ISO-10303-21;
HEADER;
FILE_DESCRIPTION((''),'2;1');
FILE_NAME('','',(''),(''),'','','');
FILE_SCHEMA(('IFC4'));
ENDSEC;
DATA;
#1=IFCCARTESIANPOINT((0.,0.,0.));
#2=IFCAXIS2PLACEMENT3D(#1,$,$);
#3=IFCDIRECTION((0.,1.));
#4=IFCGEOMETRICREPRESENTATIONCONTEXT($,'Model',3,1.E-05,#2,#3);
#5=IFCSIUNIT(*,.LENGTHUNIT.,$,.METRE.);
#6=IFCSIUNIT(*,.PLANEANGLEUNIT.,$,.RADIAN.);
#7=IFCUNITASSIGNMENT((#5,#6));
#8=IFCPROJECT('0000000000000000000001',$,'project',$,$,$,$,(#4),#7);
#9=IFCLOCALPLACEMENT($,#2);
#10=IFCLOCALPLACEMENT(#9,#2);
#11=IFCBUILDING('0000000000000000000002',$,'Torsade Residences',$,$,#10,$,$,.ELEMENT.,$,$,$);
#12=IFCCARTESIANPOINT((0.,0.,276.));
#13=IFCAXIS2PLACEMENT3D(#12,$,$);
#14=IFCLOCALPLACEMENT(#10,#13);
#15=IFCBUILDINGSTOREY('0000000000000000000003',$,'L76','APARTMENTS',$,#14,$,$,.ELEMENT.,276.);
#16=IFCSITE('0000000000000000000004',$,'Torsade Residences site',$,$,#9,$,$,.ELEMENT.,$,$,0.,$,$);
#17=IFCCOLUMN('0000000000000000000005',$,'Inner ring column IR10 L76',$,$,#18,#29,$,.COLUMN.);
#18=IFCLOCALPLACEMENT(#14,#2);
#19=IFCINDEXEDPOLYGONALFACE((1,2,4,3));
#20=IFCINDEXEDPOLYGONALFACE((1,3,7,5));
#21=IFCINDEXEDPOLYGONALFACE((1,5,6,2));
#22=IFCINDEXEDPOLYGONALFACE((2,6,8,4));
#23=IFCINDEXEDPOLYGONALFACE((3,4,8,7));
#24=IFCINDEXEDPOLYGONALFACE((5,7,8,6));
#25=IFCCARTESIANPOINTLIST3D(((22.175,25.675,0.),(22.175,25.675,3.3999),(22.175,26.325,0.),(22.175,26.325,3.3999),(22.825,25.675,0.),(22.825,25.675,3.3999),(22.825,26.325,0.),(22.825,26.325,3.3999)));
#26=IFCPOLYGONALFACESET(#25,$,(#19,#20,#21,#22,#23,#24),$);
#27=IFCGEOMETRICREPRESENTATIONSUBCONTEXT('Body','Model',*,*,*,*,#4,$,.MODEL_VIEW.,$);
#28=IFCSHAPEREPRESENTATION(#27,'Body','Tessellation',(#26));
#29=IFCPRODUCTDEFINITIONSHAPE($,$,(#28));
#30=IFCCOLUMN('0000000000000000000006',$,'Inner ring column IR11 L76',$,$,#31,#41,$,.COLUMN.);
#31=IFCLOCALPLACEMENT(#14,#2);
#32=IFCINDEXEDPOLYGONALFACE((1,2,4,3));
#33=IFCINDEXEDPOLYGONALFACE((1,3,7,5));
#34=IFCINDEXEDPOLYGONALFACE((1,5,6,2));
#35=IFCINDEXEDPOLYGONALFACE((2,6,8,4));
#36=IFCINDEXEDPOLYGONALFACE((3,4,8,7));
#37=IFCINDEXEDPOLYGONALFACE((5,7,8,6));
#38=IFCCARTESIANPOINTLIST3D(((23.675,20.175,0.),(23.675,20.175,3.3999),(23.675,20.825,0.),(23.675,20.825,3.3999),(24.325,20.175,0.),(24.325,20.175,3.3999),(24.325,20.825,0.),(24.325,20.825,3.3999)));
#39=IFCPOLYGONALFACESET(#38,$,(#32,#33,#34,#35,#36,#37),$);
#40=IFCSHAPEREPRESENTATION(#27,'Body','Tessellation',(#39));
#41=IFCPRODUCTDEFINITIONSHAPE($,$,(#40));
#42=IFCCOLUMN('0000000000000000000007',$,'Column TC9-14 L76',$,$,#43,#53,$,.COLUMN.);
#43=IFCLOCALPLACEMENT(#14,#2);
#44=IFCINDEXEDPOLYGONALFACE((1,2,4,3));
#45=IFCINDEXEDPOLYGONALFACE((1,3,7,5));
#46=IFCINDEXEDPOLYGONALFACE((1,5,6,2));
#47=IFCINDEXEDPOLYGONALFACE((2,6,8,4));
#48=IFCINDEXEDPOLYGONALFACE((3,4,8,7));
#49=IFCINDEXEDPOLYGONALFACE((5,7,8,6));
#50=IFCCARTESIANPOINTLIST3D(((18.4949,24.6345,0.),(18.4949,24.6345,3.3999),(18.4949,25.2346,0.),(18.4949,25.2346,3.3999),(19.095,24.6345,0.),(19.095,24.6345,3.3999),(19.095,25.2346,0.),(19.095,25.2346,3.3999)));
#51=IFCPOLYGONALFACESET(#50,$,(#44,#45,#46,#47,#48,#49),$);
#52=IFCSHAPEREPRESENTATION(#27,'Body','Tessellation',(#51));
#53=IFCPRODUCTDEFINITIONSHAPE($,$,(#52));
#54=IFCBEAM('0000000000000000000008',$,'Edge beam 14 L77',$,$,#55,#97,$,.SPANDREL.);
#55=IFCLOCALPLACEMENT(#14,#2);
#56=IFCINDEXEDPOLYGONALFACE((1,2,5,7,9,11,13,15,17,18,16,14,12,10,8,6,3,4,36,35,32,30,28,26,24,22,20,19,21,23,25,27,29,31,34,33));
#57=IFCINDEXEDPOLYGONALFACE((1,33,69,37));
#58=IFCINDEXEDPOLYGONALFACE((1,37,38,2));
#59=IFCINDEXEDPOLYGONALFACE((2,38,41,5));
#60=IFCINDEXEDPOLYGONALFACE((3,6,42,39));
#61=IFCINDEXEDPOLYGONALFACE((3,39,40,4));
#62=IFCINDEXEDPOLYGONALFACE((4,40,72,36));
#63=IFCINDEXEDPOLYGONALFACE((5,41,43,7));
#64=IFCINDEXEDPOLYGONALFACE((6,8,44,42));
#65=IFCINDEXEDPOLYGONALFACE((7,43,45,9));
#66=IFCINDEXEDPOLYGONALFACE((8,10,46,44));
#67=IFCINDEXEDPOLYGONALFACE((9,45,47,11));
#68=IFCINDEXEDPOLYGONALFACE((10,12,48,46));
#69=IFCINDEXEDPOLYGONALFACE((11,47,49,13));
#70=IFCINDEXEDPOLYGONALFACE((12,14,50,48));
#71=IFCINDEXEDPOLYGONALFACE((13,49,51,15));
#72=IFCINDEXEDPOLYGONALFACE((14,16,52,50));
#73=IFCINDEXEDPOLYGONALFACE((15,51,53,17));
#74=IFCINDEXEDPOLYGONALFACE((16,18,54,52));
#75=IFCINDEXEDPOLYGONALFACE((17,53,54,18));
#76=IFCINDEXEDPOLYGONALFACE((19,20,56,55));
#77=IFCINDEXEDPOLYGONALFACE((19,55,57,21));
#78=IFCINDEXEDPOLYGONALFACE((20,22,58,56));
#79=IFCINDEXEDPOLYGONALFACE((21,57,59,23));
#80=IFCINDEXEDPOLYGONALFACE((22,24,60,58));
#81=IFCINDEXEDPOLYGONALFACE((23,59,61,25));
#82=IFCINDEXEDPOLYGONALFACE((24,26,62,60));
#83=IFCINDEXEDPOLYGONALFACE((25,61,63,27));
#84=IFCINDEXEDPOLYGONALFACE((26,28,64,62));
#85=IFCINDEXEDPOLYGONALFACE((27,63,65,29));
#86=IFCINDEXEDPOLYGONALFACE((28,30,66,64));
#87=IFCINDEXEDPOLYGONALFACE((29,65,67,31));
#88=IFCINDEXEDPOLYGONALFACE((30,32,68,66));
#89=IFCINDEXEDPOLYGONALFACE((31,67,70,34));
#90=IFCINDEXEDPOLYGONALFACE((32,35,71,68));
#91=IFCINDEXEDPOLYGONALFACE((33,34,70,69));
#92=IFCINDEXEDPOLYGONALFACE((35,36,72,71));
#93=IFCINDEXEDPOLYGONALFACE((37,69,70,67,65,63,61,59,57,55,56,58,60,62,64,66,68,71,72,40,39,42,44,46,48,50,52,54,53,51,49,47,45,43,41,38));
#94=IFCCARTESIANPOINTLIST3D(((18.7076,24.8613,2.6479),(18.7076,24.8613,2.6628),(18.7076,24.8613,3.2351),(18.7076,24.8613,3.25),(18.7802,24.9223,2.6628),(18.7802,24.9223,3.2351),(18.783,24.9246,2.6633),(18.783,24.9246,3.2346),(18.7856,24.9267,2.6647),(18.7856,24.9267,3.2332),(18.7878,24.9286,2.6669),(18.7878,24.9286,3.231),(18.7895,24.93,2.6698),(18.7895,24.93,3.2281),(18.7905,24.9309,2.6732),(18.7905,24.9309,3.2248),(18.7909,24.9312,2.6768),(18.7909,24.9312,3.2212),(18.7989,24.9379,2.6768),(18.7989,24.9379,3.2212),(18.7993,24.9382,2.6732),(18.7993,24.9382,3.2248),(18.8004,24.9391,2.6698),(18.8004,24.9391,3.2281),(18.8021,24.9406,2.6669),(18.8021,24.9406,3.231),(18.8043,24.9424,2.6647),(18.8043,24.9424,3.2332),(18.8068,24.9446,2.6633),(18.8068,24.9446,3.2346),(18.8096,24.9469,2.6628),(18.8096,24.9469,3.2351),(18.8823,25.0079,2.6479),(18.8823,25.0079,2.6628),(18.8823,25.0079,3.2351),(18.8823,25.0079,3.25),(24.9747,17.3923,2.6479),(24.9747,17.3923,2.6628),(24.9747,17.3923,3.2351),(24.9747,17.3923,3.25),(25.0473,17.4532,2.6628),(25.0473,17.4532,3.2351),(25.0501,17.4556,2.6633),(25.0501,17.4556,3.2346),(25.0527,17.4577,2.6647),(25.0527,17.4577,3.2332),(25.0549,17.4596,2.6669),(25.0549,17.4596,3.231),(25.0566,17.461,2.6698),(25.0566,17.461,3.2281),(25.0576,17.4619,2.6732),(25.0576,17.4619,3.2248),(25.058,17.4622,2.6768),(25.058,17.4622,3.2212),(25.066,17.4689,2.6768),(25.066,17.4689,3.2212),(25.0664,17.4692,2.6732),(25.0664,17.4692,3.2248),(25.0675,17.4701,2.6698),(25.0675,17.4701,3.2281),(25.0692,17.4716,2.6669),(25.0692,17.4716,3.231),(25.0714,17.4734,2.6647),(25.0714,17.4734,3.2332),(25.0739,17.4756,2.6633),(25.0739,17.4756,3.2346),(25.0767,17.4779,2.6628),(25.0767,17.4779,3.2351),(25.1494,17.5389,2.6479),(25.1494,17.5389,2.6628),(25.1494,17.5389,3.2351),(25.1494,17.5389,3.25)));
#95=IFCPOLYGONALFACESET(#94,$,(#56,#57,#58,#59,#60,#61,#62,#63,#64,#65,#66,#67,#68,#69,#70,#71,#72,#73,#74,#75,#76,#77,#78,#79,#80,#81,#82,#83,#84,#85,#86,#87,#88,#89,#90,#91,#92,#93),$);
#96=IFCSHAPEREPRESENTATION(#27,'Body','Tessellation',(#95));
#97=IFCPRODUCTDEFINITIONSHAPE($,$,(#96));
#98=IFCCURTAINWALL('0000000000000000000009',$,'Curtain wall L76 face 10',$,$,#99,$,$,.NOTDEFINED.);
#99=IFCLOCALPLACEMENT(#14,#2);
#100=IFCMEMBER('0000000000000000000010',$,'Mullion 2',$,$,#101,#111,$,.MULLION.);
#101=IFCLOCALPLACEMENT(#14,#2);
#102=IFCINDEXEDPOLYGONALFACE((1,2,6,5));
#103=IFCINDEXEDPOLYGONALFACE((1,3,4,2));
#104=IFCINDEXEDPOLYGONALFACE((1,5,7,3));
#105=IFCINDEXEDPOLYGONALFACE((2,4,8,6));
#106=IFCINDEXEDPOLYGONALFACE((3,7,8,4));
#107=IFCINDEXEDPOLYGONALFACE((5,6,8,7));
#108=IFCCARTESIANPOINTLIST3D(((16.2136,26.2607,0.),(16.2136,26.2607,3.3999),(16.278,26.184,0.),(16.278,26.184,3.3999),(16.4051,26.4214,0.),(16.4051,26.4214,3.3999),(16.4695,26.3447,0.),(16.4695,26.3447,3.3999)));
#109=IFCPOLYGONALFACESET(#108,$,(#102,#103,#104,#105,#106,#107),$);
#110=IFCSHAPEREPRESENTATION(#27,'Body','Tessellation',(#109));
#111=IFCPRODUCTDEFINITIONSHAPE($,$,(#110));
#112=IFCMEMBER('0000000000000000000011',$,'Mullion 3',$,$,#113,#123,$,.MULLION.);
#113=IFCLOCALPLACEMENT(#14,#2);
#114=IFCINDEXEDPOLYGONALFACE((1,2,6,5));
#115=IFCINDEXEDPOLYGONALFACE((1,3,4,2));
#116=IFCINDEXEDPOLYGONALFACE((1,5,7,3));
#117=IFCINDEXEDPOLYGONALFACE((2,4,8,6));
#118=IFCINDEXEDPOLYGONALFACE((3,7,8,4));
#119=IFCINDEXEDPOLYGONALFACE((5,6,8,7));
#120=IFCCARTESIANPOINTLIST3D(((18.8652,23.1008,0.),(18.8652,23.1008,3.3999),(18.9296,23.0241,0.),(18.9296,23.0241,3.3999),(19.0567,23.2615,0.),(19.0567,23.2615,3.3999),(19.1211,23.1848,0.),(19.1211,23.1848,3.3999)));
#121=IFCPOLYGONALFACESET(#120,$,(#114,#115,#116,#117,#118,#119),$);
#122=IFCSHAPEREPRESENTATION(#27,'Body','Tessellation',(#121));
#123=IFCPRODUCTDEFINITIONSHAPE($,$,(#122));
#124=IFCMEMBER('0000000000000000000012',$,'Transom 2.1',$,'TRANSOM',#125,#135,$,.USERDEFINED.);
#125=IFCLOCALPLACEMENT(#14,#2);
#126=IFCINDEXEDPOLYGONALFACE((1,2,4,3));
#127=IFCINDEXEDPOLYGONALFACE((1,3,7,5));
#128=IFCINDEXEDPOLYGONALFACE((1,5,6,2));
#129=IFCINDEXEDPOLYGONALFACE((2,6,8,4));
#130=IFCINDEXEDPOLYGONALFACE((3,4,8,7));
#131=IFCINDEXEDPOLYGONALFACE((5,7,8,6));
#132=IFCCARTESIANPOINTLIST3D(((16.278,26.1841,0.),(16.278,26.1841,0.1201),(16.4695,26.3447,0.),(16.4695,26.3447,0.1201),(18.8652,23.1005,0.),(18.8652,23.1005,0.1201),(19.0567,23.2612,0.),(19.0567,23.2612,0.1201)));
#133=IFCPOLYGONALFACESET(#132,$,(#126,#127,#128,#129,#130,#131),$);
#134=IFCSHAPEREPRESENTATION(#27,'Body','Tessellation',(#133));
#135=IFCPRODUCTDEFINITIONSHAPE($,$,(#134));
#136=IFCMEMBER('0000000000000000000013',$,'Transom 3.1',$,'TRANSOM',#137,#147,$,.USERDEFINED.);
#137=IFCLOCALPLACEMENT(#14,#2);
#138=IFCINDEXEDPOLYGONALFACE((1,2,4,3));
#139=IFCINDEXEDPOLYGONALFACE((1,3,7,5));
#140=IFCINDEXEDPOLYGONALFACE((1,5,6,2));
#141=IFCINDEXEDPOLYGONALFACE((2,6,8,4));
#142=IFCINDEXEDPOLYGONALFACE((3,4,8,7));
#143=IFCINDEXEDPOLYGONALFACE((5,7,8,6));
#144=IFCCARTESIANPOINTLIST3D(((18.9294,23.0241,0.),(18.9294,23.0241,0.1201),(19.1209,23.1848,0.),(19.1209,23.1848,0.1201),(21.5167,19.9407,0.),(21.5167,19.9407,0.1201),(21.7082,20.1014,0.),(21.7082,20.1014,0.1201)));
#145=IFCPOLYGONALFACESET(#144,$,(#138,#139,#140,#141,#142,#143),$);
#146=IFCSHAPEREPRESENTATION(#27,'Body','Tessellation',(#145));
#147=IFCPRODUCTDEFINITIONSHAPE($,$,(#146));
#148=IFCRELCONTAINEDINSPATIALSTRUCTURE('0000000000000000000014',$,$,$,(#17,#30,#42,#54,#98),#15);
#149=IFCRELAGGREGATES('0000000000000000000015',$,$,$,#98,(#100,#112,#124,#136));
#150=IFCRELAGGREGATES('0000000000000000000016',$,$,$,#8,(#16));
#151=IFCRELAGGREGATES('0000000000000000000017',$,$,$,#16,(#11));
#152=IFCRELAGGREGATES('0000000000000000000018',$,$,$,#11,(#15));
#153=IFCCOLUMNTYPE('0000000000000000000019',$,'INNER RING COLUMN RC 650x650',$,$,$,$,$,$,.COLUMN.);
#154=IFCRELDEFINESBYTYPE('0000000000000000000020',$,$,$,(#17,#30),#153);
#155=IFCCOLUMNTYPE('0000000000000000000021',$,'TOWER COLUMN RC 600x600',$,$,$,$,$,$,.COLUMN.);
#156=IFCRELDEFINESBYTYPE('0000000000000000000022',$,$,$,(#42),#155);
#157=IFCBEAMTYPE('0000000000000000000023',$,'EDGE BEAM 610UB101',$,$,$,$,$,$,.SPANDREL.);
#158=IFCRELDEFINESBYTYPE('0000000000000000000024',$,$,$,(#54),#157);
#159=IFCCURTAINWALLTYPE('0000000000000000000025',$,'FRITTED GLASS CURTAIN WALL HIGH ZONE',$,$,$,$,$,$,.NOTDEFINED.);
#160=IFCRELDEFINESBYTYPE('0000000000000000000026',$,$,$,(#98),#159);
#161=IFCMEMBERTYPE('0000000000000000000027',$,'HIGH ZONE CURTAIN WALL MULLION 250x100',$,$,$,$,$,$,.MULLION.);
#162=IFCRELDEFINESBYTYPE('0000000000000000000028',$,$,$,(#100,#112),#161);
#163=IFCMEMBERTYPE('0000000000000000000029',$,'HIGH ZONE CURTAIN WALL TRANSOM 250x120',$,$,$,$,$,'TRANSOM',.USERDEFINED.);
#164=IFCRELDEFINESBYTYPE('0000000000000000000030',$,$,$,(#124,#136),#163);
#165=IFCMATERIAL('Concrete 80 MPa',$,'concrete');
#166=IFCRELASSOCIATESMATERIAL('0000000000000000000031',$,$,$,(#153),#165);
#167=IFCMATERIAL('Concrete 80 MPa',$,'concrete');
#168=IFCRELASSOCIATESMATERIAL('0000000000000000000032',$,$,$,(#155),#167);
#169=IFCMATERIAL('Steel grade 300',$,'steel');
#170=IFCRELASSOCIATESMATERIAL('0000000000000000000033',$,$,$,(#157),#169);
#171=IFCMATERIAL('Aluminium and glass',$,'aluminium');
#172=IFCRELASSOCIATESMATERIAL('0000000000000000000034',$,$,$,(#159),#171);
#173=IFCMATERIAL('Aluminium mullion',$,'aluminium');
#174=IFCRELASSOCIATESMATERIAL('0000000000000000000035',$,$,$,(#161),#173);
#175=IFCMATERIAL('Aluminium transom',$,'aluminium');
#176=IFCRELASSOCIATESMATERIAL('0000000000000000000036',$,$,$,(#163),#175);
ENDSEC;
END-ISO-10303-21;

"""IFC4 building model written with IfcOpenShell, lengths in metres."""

from ifc_helpers import new_model, si_unit, direction, frame, origin, origin_2d, place, context, subcontext, project, spatial, rectangle, i_section, extrude, material, material_profile, profile_set, type_object, element, aggregate, save


model = new_model("IFC4")

# Units and contexts
model_context = context("Model", 3, precision=1e-05, world=origin(), true_north=direction((0.0, 1.0)))
body_context = subcontext(model_context, "Body", "Model", "MODEL_VIEW")
ifc_project = project(units=[si_unit("LENGTHUNIT", "METRE"), si_unit("PLANEANGLEUNIT", "RADIAN")], contexts=[model_context])

# Site, building, storey
site_placement = place(None, origin())
site = spatial("IfcSite", under=ifc_project, at=site_placement, Name="Torsade Residences site", CompositionType="ELEMENT", RefElevation=0.0)
building_placement = place(site_placement, origin())
building = spatial("IfcBuilding", under=site, at=building_placement, Name="Torsade Residences", CompositionType="ELEMENT")
storey_placement = place(building_placement, frame((0.0, 0.0, 276.0)))
storey = spatial("IfcBuildingStorey", under=building, at=storey_placement, Name="L76", Description="APARTMENTS", CompositionType="ELEMENT", Elevation=276.0)

# Columns
ifc_material_1 = material(Name="Concrete 80 MPa", Category="concrete")
ifc_material_profile_1 = material_profile(ifc_material_1, rectangle(XDim=0.6499, YDim=0.6499, at=origin_2d()), Name="RC 650x650")
ifc_profile_set_1 = profile_set([ifc_material_profile_1], Name="Concrete 80 MPa")
column_type_1 = type_object("IfcColumnType", Name="INNER RING COLUMN RC 650x650", PredefinedType="COLUMN", material=ifc_profile_set_1)
for number, where, z_axis, x_axis, name in (
    (1, (22.5, 26.0, 0.0), (0.0, 0.0, 1.0), (1.0, 0.0, 0.0), "Inner ring column IR10 L76"),
    (2, (24.0, 20.5, 0.0), (0.0, 0.0, 1.0), (1.0, 0.0, 0.0), "Inner ring column IR11 L76"),
):
    element("IfcColumn", number, at=place(storey_placement, frame(where, z_axis=z_axis, x_axis=x_axis)), inside=storey, type_object=column_type_1, Name=name, PredefinedType="COLUMN", context=body_context, shape_type="SweptSolid", body=[
        extrude(rectangle(XDim=0.6499, YDim=0.6499, at=origin_2d()), origin(), (0.0, 0.0, 1.0), 3.3999),
    ])
ifc_material_2 = material(Name="Concrete 80 MPa", Category="concrete")
ifc_material_profile_2 = material_profile(ifc_material_2, rectangle(XDim=0.6001, YDim=0.6001, at=origin_2d()), Name="RC 600x600")
ifc_profile_set_2 = profile_set([ifc_material_profile_2], Name="Concrete 80 MPa")
column_type_2 = type_object("IfcColumnType", Name="TOWER COLUMN RC 600x600", PredefinedType="COLUMN", material=ifc_profile_set_2)
column_placement = place(storey_placement, frame((18.7949, 24.9346, 0.0), z_axis=(0.0, 0.0, 1.0), x_axis=(1.0, 0.0, 0.0)))
element("IfcColumn", 3, at=column_placement, inside=storey, type_object=column_type_2, Name="Column TC9-14 L76", PredefinedType="COLUMN", context=body_context, shape_type="SweptSolid", body=[
    extrude(rectangle(XDim=0.6001, YDim=0.6001, at=origin_2d()), origin(), (0.0, 0.0, 1.0), 3.3999),
])

# Beam
ifc_material_3 = material(Name="Steel grade 300", Category="steel")
ifc_material_profile_3 = material_profile(ifc_material_3, i_section(OverallWidth=0.228, OverallDepth=0.6021, WebThickness=0.0105, FlangeThickness=0.0149, FilletRadius=0.0139, at=origin_2d()), Name="610UB101")
ifc_profile_set_3 = profile_set([ifc_material_profile_3], Name="Steel grade 300")
beam_type_1 = type_object("IfcBeamType", Name="EDGE BEAM 610UB101", PredefinedType="SPANDREL", material=ifc_profile_set_3)
beam_1_placement = place(storey_placement, frame((18.7949, 24.9346, 2.949), z_axis=(0.642779, -0.766052, 0.0), x_axis=(0.766052, 0.642779, 0.0)))
element("IfcBeam", 4, at=beam_1_placement, inside=storey, type_object=beam_type_1, Name="Edge beam 14 L77", PredefinedType="SPANDREL", context=body_context, shape_type="SweptSolid", body=[
    extrude(i_section(OverallWidth=0.228, OverallDepth=0.6021, WebThickness=0.0105, FlangeThickness=0.0149, FilletRadius=0.0139, at=origin_2d()), origin(), (0.0, 0.0, 1.0), 9.75),
])

# Curtain wall, members
ifc_material_4 = material(Name="Aluminium and glass", Category="aluminium")
curtain_wall_type = type_object("IfcCurtainWallType", Name="FRITTED GLASS CURTAIN WALL HIGH ZONE", PredefinedType="NOTDEFINED", material=ifc_material_4)
curtain_wall_placement = place(storey_placement, origin())
curtain_wall = element("IfcCurtainWall", 5, at=curtain_wall_placement, inside=storey, type_object=curtain_wall_type, Name="Curtain wall L76 face 10", PredefinedType="NOTDEFINED")
ifc_material_5 = material(Name="Aluminium mullion", Category="aluminium")
ifc_material_profile_4 = material_profile(ifc_material_5, rectangle(XDim=0.25, YDim=0.1001, at=origin_2d()), Name="HIGH ZONE CURTAIN WALL MULLION 250x100")
ifc_profile_set_4 = profile_set([ifc_material_profile_4], Name="Aluminium mullion")
member_type_1 = type_object("IfcMemberType", Name="HIGH ZONE CURTAIN WALL MULLION 250x100", PredefinedType="MULLION", material=ifc_profile_set_4)
member_1_placement = place(storey_placement, frame((16.3416, 26.3027, 0.0), z_axis=(0.0, 0.0, 1.0), x_axis=(0.766044, 0.642788, 0.0)))
member_1 = element("IfcMember", 6, at=member_1_placement, type_object=member_type_1, Name="Mullion 2", PredefinedType="MULLION", context=body_context, shape_type="SweptSolid", body=[
    extrude(rectangle(XDim=0.25, YDim=0.1001, at=origin_2d()), origin(), (0.0, 0.0, 1.0), 3.3999),
])
member_2_placement = place(storey_placement, frame((18.9932, 23.1428, 0.0), z_axis=(0.0, 0.0, 1.0), x_axis=(0.766044, 0.642788, 0.0)))
member_2 = element("IfcMember", 7, at=member_2_placement, type_object=member_type_1, Name="Mullion 3", PredefinedType="MULLION", context=body_context, shape_type="SweptSolid", body=[
    extrude(rectangle(XDim=0.25, YDim=0.1001, at=origin_2d()), origin(), (0.0, 0.0, 1.0), 3.3999),
])
ifc_material_6 = material(Name="Aluminium transom", Category="aluminium")
ifc_material_profile_5 = material_profile(ifc_material_6, rectangle(XDim=0.25, YDim=0.1201, at=origin_2d()), Name="HIGH ZONE CURTAIN WALL TRANSOM 250x120")
ifc_profile_set_5 = profile_set([ifc_material_profile_5], Name="Aluminium transom")
member_type_2 = type_object("IfcMemberType", Name="HIGH ZONE CURTAIN WALL TRANSOM 250x120", ElementType="TRANSOM", PredefinedType="USERDEFINED", material=ifc_profile_set_5)
member_3_placement = place(storey_placement, frame((16.3738, 26.2644, 0.0601), z_axis=(0.642758, -0.766069, 0.0), x_axis=(0.766069, 0.642758, 0.0)))
member_3 = element("IfcMember", 8, at=member_3_placement, type_object=member_type_2, Name="Transom 2.1", ObjectType="TRANSOM", PredefinedType="USERDEFINED", context=body_context, shape_type="SweptSolid", body=[
    extrude(rectangle(XDim=0.25, YDim=0.1201, at=origin_2d()), origin(), (0.0, 0.0, 1.0), 4.0251),
])
member_4_placement = place(storey_placement, frame((19.0251, 23.1045, 0.0601), z_axis=(0.642794, -0.766039, 0.0), x_axis=(0.766039, 0.642794, 0.0)))
member_4 = element("IfcMember", 9, at=member_4_placement, type_object=member_type_2, Name="Transom 3.1", ObjectType="TRANSOM", PredefinedType="USERDEFINED", context=body_context, shape_type="SweptSolid", body=[
    extrude(rectangle(XDim=0.25, YDim=0.1201, at=origin_2d()), origin(), (0.0, 0.0, 1.0), 4.0251),
])

aggregate(curtain_wall, [member_1, member_2, member_3, member_4])

save(model, "model.ifc")
